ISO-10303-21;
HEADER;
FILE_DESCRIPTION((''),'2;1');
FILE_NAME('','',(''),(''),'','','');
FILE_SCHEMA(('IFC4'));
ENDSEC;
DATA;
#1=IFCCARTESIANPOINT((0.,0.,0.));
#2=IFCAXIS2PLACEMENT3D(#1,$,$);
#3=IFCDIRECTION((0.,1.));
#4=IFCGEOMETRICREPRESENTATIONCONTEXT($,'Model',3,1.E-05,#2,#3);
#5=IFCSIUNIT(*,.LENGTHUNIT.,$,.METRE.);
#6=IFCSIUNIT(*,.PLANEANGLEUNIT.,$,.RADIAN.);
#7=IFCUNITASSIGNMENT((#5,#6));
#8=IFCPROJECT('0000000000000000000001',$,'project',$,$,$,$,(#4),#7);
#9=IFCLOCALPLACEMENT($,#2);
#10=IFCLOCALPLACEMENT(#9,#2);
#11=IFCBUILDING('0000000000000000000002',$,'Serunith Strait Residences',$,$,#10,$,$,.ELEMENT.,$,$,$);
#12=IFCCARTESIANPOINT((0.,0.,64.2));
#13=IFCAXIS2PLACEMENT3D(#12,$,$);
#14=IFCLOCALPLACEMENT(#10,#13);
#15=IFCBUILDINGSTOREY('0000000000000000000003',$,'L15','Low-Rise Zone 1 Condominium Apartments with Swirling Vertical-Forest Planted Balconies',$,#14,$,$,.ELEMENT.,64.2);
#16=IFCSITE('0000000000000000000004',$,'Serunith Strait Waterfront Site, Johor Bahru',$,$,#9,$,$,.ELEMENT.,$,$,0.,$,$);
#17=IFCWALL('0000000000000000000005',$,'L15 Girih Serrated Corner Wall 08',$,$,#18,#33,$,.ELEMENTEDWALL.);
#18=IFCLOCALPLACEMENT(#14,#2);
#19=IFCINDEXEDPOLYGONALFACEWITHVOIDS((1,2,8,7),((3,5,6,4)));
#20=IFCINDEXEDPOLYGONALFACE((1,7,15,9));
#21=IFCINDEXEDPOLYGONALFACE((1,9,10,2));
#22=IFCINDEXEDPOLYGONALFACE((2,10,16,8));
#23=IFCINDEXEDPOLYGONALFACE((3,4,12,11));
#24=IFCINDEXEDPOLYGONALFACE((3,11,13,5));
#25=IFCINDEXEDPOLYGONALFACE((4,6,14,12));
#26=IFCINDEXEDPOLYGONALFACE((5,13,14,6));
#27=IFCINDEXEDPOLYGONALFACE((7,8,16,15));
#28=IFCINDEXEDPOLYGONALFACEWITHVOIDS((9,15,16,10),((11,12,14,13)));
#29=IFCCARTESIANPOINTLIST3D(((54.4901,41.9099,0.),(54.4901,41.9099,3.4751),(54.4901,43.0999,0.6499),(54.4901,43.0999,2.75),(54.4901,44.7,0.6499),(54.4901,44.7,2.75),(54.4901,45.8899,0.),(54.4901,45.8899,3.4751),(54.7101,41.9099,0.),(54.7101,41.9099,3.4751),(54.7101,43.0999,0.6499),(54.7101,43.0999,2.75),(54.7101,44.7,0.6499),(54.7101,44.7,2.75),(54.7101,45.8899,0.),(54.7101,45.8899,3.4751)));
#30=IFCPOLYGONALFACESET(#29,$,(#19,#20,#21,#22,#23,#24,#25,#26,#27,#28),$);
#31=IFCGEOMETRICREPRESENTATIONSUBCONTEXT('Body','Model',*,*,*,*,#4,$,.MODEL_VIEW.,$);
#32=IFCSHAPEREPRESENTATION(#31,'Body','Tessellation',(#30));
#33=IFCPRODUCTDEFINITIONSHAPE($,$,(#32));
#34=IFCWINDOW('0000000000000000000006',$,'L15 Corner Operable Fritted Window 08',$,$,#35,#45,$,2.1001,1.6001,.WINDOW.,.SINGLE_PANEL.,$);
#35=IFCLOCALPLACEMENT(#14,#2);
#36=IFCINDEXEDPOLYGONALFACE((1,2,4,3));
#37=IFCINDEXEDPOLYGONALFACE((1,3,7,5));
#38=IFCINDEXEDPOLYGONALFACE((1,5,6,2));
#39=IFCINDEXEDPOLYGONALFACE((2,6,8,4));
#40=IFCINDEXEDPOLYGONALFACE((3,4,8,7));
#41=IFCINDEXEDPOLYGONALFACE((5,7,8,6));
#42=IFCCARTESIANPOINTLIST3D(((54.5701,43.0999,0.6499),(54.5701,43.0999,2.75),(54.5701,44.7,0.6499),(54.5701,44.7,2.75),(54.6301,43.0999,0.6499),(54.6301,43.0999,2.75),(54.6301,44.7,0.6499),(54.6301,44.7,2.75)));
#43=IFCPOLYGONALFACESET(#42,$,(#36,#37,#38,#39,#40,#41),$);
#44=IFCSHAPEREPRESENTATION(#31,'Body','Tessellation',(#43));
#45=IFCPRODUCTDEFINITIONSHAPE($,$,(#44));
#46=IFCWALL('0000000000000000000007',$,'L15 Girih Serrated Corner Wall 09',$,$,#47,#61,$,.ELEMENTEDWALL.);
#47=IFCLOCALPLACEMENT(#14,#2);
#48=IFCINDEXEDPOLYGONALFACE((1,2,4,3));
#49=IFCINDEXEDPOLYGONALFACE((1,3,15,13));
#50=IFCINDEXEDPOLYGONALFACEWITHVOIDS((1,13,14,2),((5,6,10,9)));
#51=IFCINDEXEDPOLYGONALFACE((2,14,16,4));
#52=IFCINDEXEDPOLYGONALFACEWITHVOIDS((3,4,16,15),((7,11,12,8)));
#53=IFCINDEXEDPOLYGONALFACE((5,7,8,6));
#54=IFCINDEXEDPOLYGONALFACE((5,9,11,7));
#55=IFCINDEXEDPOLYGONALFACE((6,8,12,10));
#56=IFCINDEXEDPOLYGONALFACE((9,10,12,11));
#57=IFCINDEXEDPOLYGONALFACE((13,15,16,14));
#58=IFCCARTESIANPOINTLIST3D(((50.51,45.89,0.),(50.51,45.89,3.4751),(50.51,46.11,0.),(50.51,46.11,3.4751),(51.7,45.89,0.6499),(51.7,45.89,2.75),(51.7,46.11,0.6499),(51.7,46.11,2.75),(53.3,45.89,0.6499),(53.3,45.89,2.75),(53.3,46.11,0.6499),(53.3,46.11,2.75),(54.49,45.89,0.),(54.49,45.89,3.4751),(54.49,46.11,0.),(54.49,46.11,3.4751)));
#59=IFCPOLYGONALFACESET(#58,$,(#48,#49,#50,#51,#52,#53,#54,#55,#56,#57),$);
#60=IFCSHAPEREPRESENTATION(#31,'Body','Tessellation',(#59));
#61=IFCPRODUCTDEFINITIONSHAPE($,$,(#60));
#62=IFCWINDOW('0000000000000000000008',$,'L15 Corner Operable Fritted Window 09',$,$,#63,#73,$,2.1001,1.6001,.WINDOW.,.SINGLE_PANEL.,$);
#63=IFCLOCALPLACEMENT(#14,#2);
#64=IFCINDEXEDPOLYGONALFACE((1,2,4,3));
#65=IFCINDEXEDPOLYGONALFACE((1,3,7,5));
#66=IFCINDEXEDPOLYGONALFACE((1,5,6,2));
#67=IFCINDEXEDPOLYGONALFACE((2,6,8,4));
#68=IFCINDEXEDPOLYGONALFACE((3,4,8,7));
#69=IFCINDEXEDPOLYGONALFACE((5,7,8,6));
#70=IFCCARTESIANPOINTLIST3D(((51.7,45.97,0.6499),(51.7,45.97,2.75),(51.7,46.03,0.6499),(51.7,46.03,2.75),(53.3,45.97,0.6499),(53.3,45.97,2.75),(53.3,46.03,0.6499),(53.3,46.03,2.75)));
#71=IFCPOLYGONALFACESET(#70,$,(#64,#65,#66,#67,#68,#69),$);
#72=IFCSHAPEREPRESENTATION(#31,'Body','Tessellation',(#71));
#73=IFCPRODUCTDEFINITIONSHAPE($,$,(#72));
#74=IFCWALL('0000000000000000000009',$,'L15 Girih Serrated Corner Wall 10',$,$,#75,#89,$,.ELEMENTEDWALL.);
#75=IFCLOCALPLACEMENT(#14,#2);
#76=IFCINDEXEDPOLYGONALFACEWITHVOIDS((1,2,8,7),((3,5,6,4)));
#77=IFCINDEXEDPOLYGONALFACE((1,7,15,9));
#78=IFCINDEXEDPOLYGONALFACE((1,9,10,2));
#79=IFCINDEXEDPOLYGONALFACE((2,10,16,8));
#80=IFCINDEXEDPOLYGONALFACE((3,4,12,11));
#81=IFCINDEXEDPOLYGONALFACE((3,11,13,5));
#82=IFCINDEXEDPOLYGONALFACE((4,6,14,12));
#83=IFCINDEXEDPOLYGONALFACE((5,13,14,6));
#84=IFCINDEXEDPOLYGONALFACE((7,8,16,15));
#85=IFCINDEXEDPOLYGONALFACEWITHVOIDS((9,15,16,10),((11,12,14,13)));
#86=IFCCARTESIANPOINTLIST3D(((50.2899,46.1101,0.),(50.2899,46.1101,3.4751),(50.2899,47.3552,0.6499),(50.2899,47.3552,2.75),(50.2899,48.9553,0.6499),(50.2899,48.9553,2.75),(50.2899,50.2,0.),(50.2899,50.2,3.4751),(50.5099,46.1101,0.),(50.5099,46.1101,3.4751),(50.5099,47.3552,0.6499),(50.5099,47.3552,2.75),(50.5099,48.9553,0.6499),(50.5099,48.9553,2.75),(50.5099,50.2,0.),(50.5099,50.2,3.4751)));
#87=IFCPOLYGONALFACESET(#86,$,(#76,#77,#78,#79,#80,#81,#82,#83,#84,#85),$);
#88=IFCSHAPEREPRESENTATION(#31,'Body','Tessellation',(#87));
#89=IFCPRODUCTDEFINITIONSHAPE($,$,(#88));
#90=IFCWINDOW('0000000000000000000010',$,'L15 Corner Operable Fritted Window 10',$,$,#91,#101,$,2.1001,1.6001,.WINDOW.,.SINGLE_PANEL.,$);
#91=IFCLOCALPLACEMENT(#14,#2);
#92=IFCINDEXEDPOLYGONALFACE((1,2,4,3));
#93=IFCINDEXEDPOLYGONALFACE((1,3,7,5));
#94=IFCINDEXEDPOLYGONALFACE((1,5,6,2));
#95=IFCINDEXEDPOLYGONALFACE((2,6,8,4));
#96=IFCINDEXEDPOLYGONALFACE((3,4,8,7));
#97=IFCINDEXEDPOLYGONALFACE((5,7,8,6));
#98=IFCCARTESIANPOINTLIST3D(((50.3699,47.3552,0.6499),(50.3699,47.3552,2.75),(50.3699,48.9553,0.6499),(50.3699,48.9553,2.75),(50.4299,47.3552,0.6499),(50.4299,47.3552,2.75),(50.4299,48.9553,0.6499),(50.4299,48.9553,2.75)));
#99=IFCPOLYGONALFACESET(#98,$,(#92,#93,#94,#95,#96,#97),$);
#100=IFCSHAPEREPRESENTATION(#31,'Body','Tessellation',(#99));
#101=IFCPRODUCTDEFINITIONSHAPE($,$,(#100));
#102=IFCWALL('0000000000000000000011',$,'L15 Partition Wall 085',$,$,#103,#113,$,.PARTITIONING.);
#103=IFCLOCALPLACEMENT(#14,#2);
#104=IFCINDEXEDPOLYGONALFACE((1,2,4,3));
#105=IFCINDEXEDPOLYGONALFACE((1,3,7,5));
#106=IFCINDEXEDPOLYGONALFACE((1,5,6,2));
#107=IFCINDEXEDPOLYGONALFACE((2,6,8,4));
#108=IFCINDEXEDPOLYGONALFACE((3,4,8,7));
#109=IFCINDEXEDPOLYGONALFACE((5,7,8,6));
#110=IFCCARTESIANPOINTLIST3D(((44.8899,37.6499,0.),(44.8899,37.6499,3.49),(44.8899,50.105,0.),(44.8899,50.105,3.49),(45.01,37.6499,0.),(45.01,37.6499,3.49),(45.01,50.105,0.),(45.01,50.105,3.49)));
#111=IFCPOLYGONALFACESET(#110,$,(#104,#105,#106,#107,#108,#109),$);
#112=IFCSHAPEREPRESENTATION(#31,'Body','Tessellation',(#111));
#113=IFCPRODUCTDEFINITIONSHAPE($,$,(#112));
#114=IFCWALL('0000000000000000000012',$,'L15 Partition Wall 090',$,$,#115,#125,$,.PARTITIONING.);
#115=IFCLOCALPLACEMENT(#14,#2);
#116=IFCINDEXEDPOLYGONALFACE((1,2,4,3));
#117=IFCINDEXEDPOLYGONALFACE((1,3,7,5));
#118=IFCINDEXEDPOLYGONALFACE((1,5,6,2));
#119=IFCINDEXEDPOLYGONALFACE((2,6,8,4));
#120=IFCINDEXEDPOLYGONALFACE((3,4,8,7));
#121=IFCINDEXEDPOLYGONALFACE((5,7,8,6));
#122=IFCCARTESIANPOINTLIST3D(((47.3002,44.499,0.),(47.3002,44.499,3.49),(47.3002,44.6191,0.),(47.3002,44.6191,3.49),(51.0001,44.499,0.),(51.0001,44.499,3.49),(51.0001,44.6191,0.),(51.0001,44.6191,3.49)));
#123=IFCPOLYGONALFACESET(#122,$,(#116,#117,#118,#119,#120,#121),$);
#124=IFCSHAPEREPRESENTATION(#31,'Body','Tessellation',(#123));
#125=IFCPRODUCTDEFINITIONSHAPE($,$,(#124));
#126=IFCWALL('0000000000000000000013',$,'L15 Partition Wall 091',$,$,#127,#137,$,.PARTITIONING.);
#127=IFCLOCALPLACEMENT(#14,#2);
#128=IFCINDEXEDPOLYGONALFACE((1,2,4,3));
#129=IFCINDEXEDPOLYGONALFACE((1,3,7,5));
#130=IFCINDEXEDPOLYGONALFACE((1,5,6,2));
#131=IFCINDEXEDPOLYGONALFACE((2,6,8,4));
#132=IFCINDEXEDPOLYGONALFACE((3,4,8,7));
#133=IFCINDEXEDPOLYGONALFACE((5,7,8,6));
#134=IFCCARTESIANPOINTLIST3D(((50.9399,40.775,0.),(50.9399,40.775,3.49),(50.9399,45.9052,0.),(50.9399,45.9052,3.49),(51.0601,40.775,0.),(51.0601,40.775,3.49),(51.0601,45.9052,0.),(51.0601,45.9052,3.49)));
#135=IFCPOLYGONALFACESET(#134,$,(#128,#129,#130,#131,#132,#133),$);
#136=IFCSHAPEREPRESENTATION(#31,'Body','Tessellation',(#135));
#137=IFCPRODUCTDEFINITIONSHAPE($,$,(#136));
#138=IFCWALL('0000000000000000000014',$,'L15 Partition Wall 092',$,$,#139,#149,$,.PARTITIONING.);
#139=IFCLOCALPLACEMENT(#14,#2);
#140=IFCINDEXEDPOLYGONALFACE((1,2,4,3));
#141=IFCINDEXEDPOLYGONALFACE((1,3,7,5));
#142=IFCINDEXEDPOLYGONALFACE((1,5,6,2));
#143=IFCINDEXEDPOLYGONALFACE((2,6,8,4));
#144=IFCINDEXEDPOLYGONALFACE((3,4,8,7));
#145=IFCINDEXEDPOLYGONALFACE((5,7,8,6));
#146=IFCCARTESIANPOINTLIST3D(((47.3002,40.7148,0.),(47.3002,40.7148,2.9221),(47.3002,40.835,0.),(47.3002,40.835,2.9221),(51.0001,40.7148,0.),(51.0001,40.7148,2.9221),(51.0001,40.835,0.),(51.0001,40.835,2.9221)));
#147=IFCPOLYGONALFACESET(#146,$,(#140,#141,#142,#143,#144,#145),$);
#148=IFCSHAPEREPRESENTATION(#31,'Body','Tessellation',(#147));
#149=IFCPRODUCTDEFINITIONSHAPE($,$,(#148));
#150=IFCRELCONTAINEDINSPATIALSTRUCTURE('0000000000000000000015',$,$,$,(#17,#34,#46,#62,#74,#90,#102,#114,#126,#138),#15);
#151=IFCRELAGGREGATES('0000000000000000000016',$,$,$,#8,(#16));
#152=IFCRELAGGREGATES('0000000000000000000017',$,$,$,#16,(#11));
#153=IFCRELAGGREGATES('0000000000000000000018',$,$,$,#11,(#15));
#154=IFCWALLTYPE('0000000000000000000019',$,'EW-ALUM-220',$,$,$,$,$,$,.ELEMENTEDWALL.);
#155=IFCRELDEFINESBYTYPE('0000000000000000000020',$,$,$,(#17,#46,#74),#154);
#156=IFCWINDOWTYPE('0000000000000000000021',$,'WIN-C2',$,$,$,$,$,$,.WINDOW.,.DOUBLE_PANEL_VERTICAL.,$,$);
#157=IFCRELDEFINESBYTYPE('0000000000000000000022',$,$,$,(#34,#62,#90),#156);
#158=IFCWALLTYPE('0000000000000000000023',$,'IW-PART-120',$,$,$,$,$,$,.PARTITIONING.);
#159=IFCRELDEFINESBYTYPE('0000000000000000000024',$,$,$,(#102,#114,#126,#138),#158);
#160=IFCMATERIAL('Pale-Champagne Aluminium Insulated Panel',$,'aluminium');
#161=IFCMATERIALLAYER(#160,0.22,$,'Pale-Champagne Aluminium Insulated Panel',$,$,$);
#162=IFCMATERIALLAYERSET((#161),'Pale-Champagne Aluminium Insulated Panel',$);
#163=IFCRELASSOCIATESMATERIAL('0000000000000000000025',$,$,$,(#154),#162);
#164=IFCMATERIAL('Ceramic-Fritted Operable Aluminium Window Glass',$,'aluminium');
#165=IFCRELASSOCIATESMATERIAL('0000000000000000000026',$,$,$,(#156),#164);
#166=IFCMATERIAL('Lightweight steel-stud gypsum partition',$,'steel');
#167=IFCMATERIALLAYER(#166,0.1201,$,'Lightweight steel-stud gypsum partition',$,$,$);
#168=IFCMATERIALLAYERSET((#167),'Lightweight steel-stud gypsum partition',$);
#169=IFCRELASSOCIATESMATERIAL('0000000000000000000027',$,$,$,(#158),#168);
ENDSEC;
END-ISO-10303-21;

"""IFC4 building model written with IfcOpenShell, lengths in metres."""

from ifc_helpers import new_model, si_unit, direction, frame, frame_2d, origin, place, context, subcontext, project, spatial, rectangle, extrude, source, transform, mapped, material, layer, layer_set, type_object, element, fill, save


model = new_model("IFC4")

# Units and contexts
model_context = context("Model", 3, precision=1e-05, world=origin(), true_north=direction((0.0, 1.0)))
body_context = subcontext(model_context, "Body", "Model", "MODEL_VIEW")
ifc_project = project(units=[si_unit("LENGTHUNIT", "METRE"), si_unit("PLANEANGLEUNIT", "RADIAN")], contexts=[model_context])

# Site, building, storey
site_placement = place(None, origin())
site = spatial("IfcSite", under=ifc_project, at=site_placement, Name="Serunith Strait Waterfront Site, Johor Bahru", CompositionType="ELEMENT", RefElevation=0.0)
building_placement = place(site_placement, origin())
building = spatial("IfcBuilding", under=site, at=building_placement, Name="Serunith Strait Residences", CompositionType="ELEMENT")
storey_placement = place(building_placement, frame((0.0, 0.0, 64.2)))
storey = spatial("IfcBuildingStorey", under=building, at=storey_placement, Name="L15", Description="Low-Rise Zone 1 Condominium Apartments with Swirling Vertical-Forest Planted Balconies", CompositionType="ELEMENT", Elevation=64.2)

# Walls, openings, windows
ifc_material_1 = material(Name="Pale-Champagne Aluminium Insulated Panel", Category="aluminium")
ifc_layer_1 = layer(ifc_material_1, 0.22, Name="Pale-Champagne Aluminium Insulated Panel")
ifc_layer_set_1 = layer_set([ifc_layer_1], Name="Pale-Champagne Aluminium Insulated Panel")
wall_type_1 = type_object("IfcWallType", Name="EW-ALUM-220", PredefinedType="ELEMENTEDWALL", material=ifc_layer_set_1)
ifc_material_2 = material(Name="Ceramic-Fritted Operable Aluminium Window Glass", Category="aluminium")
window_type = type_object("IfcWindowType", Name="WIN-C2", PartitioningType="DOUBLE_PANEL_VERTICAL", PredefinedType="WINDOW", material=ifc_material_2)
shared_shape_1 = source(origin(), body_context, "Body", "SweptSolid", [
    extrude(rectangle(XDim=1.6001, YDim=2.1001, at=frame_2d((0.8, 1.05))), frame((0.0, 0.03, 0.0), z_axis=(0.0, -1.0, 0.0), x_axis=(1.0, 0.0, 0.0)), (0.0, 0.0, 1.0), 0.0601),
])
wall_1_placement = place(storey_placement, frame((54.6001, 41.9099, 0.0), z_axis=(0.0, 0.0, 1.0), x_axis=(0.0, 1.0, 0.0)))
wall_1 = element("IfcWall", 1, at=wall_1_placement, inside=storey, type_object=wall_type_1, Name="L15 Girih Serrated Corner Wall 08", PredefinedType="ELEMENTEDWALL", context=body_context, shape_type="SweptSolid", body=[
    extrude(rectangle(XDim=3.98, YDim=0.22, at=frame_2d((1.99, 0.0))), origin(), (0.0, 0.0, 1.0), 3.4751),
])
opening_1_placement = place(wall_1_placement, frame((1.1899, 0.0, 0.6499)))
opening_1 = element("IfcOpeningElement", 2, at=opening_1_placement, cuts=wall_1, PredefinedType="OPENING", context=body_context, shape_type="SweptSolid", body=[
    extrude(rectangle(XDim=1.6001, YDim=2.1001, at=frame_2d((0.8, 1.05))), frame((0.0, 0.1201, 0.0), z_axis=(0.0, -1.0, 0.0), x_axis=(1.0, 0.0, 0.0)), (0.0, 0.0, 1.0), 0.24),
])
window_1_placement = place(opening_1_placement, origin())
window_1 = element("IfcWindow", 3, at=window_1_placement, inside=storey, type_object=window_type, Name="L15 Corner Operable Fritted Window 08", OverallHeight=2.1001, OverallWidth=1.6001, PartitioningType="SINGLE_PANEL", PredefinedType="WINDOW", context=body_context, shape_type="MappedRepresentation", body=[
    mapped(shared_shape_1, transform((0.0, 0.0, 0.0), scale=1.0)),
])
fill(opening_1, window_1)
wall_2_placement = place(storey_placement, frame((54.49, 46.0, 0.0), z_axis=(0.0, 0.0, 1.0), x_axis=(-1.0, 0.0, 0.0)))
wall_2 = element("IfcWall", 4, at=wall_2_placement, inside=storey, type_object=wall_type_1, Name="L15 Girih Serrated Corner Wall 09", PredefinedType="ELEMENTEDWALL", context=body_context, shape_type="SweptSolid", body=[
    extrude(rectangle(XDim=3.98, YDim=0.22, at=frame_2d((1.99, 0.0))), origin(), (0.0, 0.0, 1.0), 3.4751),
])
opening_2_placement = place(wall_2_placement, frame((1.1899, 0.0, 0.6499)))
opening_2 = element("IfcOpeningElement", 5, at=opening_2_placement, cuts=wall_2, PredefinedType="OPENING", context=body_context, shape_type="SweptSolid", body=[
    extrude(rectangle(XDim=1.6001, YDim=2.1001, at=frame_2d((0.8, 1.05))), frame((0.0, 0.1201, 0.0), z_axis=(0.0, -1.0, 0.0), x_axis=(1.0, 0.0, 0.0)), (0.0, 0.0, 1.0), 0.24),
])
window_2_placement = place(opening_2_placement, origin())
window_2 = element("IfcWindow", 6, at=window_2_placement, inside=storey, type_object=window_type, Name="L15 Corner Operable Fritted Window 09", OverallHeight=2.1001, OverallWidth=1.6001, PartitioningType="SINGLE_PANEL", PredefinedType="WINDOW", context=body_context, shape_type="MappedRepresentation", body=[
    mapped(shared_shape_1, transform((0.0, 0.0, 0.0), scale=1.0)),
])
fill(opening_2, window_2)
wall_3_placement = place(storey_placement, frame((50.3999, 46.1101, 0.0), z_axis=(0.0, 0.0, 1.0), x_axis=(0.0, 1.0, 0.0)))
wall_3 = element("IfcWall", 7, at=wall_3_placement, inside=storey, type_object=wall_type_1, Name="L15 Girih Serrated Corner Wall 10", PredefinedType="ELEMENTEDWALL", context=body_context, shape_type="SweptSolid", body=[
    extrude(rectangle(XDim=4.0898, YDim=0.22, at=frame_2d((2.0449, 0.0))), origin(), (0.0, 0.0, 1.0), 3.4751),
])
opening_3_placement = place(wall_3_placement, frame((1.2451, 0.0, 0.6499)))
opening_3 = element("IfcOpeningElement", 8, at=opening_3_placement, cuts=wall_3, PredefinedType="OPENING", context=body_context, shape_type="SweptSolid", body=[
    extrude(rectangle(XDim=1.6001, YDim=2.1001, at=frame_2d((0.8, 1.05))), frame((0.0, 0.1201, 0.0), z_axis=(0.0, -1.0, 0.0), x_axis=(1.0, 0.0, 0.0)), (0.0, 0.0, 1.0), 0.24),
])
window_3_placement = place(opening_3_placement, origin())
window_3 = element("IfcWindow", 9, at=window_3_placement, inside=storey, type_object=window_type, Name="L15 Corner Operable Fritted Window 10", OverallHeight=2.1001, OverallWidth=1.6001, PartitioningType="SINGLE_PANEL", PredefinedType="WINDOW", context=body_context, shape_type="MappedRepresentation", body=[
    mapped(shared_shape_1, transform((0.0, 0.0, 0.0), scale=1.0)),
])
fill(opening_3, window_3)

# Walls
ifc_material_3 = material(Name="Lightweight steel-stud gypsum partition", Category="steel")
ifc_layer_2 = layer(ifc_material_3, 0.1201, Name="Lightweight steel-stud gypsum partition")
ifc_layer_set_2 = layer_set([ifc_layer_2], Name="Lightweight steel-stud gypsum partition")
wall_type_2 = type_object("IfcWallType", Name="IW-PART-120", PredefinedType="PARTITIONING", material=ifc_layer_set_2)
wall_4_placement = place(storey_placement, frame((44.95, 50.105, 0.0), z_axis=(0.0, 0.0, 1.0), x_axis=(0.0, -1.0, 0.0)))
element("IfcWall", 10, at=wall_4_placement, inside=storey, type_object=wall_type_2, Name="L15 Partition Wall 085", PredefinedType="PARTITIONING", context=body_context, shape_type="SweptSolid", body=[
    extrude(rectangle(XDim=12.4551, YDim=0.1201, at=frame_2d((6.2275, 0.0))), origin(), (0.0, 0.0, 1.0), 3.49),
])
wall_5_placement = place(storey_placement, frame((47.3, 44.5591, 0.0), z_axis=(0.0, 0.0, 1.0), x_axis=(1.0, 0.0, 0.0)))
element("IfcWall", 11, at=wall_5_placement, inside=storey, type_object=wall_type_2, Name="L15 Partition Wall 090", PredefinedType="PARTITIONING", context=body_context, shape_type="SweptSolid", body=[
    extrude(rectangle(XDim=3.7, YDim=0.1201, at=frame_2d((1.8501, 0.0))), origin(), (0.0, 0.0, 1.0), 3.49),
])
wall_6_placement = place(storey_placement, frame((51.0, 45.905, 0.0), z_axis=(0.0, 0.0, 1.0), x_axis=(0.0, -1.0, 0.0)))
element("IfcWall", 12, at=wall_6_placement, inside=storey, type_object=wall_type_2, Name="L15 Partition Wall 091", PredefinedType="PARTITIONING", context=body_context, shape_type="SweptSolid", body=[
    extrude(rectangle(XDim=5.1301, YDim=0.1201, at=frame_2d((2.5649, 0.0))), origin(), (0.0, 0.0, 1.0), 3.49),
])
wall_7_placement = place(storey_placement, frame((47.3, 40.7749, 0.0), z_axis=(0.0, 0.0, 1.0), x_axis=(1.0, 0.0, 0.0)))
element("IfcWall", 13, at=wall_7_placement, inside=storey, type_object=wall_type_2, Name="L15 Partition Wall 092", PredefinedType="PARTITIONING", context=body_context, shape_type="SweptSolid", body=[
    extrude(rectangle(XDim=3.7, YDim=0.1201, at=frame_2d((1.8501, 0.0))), origin(), (0.0, 0.0, 1.0), 2.9221),
])

save(model, "model.ifc")
